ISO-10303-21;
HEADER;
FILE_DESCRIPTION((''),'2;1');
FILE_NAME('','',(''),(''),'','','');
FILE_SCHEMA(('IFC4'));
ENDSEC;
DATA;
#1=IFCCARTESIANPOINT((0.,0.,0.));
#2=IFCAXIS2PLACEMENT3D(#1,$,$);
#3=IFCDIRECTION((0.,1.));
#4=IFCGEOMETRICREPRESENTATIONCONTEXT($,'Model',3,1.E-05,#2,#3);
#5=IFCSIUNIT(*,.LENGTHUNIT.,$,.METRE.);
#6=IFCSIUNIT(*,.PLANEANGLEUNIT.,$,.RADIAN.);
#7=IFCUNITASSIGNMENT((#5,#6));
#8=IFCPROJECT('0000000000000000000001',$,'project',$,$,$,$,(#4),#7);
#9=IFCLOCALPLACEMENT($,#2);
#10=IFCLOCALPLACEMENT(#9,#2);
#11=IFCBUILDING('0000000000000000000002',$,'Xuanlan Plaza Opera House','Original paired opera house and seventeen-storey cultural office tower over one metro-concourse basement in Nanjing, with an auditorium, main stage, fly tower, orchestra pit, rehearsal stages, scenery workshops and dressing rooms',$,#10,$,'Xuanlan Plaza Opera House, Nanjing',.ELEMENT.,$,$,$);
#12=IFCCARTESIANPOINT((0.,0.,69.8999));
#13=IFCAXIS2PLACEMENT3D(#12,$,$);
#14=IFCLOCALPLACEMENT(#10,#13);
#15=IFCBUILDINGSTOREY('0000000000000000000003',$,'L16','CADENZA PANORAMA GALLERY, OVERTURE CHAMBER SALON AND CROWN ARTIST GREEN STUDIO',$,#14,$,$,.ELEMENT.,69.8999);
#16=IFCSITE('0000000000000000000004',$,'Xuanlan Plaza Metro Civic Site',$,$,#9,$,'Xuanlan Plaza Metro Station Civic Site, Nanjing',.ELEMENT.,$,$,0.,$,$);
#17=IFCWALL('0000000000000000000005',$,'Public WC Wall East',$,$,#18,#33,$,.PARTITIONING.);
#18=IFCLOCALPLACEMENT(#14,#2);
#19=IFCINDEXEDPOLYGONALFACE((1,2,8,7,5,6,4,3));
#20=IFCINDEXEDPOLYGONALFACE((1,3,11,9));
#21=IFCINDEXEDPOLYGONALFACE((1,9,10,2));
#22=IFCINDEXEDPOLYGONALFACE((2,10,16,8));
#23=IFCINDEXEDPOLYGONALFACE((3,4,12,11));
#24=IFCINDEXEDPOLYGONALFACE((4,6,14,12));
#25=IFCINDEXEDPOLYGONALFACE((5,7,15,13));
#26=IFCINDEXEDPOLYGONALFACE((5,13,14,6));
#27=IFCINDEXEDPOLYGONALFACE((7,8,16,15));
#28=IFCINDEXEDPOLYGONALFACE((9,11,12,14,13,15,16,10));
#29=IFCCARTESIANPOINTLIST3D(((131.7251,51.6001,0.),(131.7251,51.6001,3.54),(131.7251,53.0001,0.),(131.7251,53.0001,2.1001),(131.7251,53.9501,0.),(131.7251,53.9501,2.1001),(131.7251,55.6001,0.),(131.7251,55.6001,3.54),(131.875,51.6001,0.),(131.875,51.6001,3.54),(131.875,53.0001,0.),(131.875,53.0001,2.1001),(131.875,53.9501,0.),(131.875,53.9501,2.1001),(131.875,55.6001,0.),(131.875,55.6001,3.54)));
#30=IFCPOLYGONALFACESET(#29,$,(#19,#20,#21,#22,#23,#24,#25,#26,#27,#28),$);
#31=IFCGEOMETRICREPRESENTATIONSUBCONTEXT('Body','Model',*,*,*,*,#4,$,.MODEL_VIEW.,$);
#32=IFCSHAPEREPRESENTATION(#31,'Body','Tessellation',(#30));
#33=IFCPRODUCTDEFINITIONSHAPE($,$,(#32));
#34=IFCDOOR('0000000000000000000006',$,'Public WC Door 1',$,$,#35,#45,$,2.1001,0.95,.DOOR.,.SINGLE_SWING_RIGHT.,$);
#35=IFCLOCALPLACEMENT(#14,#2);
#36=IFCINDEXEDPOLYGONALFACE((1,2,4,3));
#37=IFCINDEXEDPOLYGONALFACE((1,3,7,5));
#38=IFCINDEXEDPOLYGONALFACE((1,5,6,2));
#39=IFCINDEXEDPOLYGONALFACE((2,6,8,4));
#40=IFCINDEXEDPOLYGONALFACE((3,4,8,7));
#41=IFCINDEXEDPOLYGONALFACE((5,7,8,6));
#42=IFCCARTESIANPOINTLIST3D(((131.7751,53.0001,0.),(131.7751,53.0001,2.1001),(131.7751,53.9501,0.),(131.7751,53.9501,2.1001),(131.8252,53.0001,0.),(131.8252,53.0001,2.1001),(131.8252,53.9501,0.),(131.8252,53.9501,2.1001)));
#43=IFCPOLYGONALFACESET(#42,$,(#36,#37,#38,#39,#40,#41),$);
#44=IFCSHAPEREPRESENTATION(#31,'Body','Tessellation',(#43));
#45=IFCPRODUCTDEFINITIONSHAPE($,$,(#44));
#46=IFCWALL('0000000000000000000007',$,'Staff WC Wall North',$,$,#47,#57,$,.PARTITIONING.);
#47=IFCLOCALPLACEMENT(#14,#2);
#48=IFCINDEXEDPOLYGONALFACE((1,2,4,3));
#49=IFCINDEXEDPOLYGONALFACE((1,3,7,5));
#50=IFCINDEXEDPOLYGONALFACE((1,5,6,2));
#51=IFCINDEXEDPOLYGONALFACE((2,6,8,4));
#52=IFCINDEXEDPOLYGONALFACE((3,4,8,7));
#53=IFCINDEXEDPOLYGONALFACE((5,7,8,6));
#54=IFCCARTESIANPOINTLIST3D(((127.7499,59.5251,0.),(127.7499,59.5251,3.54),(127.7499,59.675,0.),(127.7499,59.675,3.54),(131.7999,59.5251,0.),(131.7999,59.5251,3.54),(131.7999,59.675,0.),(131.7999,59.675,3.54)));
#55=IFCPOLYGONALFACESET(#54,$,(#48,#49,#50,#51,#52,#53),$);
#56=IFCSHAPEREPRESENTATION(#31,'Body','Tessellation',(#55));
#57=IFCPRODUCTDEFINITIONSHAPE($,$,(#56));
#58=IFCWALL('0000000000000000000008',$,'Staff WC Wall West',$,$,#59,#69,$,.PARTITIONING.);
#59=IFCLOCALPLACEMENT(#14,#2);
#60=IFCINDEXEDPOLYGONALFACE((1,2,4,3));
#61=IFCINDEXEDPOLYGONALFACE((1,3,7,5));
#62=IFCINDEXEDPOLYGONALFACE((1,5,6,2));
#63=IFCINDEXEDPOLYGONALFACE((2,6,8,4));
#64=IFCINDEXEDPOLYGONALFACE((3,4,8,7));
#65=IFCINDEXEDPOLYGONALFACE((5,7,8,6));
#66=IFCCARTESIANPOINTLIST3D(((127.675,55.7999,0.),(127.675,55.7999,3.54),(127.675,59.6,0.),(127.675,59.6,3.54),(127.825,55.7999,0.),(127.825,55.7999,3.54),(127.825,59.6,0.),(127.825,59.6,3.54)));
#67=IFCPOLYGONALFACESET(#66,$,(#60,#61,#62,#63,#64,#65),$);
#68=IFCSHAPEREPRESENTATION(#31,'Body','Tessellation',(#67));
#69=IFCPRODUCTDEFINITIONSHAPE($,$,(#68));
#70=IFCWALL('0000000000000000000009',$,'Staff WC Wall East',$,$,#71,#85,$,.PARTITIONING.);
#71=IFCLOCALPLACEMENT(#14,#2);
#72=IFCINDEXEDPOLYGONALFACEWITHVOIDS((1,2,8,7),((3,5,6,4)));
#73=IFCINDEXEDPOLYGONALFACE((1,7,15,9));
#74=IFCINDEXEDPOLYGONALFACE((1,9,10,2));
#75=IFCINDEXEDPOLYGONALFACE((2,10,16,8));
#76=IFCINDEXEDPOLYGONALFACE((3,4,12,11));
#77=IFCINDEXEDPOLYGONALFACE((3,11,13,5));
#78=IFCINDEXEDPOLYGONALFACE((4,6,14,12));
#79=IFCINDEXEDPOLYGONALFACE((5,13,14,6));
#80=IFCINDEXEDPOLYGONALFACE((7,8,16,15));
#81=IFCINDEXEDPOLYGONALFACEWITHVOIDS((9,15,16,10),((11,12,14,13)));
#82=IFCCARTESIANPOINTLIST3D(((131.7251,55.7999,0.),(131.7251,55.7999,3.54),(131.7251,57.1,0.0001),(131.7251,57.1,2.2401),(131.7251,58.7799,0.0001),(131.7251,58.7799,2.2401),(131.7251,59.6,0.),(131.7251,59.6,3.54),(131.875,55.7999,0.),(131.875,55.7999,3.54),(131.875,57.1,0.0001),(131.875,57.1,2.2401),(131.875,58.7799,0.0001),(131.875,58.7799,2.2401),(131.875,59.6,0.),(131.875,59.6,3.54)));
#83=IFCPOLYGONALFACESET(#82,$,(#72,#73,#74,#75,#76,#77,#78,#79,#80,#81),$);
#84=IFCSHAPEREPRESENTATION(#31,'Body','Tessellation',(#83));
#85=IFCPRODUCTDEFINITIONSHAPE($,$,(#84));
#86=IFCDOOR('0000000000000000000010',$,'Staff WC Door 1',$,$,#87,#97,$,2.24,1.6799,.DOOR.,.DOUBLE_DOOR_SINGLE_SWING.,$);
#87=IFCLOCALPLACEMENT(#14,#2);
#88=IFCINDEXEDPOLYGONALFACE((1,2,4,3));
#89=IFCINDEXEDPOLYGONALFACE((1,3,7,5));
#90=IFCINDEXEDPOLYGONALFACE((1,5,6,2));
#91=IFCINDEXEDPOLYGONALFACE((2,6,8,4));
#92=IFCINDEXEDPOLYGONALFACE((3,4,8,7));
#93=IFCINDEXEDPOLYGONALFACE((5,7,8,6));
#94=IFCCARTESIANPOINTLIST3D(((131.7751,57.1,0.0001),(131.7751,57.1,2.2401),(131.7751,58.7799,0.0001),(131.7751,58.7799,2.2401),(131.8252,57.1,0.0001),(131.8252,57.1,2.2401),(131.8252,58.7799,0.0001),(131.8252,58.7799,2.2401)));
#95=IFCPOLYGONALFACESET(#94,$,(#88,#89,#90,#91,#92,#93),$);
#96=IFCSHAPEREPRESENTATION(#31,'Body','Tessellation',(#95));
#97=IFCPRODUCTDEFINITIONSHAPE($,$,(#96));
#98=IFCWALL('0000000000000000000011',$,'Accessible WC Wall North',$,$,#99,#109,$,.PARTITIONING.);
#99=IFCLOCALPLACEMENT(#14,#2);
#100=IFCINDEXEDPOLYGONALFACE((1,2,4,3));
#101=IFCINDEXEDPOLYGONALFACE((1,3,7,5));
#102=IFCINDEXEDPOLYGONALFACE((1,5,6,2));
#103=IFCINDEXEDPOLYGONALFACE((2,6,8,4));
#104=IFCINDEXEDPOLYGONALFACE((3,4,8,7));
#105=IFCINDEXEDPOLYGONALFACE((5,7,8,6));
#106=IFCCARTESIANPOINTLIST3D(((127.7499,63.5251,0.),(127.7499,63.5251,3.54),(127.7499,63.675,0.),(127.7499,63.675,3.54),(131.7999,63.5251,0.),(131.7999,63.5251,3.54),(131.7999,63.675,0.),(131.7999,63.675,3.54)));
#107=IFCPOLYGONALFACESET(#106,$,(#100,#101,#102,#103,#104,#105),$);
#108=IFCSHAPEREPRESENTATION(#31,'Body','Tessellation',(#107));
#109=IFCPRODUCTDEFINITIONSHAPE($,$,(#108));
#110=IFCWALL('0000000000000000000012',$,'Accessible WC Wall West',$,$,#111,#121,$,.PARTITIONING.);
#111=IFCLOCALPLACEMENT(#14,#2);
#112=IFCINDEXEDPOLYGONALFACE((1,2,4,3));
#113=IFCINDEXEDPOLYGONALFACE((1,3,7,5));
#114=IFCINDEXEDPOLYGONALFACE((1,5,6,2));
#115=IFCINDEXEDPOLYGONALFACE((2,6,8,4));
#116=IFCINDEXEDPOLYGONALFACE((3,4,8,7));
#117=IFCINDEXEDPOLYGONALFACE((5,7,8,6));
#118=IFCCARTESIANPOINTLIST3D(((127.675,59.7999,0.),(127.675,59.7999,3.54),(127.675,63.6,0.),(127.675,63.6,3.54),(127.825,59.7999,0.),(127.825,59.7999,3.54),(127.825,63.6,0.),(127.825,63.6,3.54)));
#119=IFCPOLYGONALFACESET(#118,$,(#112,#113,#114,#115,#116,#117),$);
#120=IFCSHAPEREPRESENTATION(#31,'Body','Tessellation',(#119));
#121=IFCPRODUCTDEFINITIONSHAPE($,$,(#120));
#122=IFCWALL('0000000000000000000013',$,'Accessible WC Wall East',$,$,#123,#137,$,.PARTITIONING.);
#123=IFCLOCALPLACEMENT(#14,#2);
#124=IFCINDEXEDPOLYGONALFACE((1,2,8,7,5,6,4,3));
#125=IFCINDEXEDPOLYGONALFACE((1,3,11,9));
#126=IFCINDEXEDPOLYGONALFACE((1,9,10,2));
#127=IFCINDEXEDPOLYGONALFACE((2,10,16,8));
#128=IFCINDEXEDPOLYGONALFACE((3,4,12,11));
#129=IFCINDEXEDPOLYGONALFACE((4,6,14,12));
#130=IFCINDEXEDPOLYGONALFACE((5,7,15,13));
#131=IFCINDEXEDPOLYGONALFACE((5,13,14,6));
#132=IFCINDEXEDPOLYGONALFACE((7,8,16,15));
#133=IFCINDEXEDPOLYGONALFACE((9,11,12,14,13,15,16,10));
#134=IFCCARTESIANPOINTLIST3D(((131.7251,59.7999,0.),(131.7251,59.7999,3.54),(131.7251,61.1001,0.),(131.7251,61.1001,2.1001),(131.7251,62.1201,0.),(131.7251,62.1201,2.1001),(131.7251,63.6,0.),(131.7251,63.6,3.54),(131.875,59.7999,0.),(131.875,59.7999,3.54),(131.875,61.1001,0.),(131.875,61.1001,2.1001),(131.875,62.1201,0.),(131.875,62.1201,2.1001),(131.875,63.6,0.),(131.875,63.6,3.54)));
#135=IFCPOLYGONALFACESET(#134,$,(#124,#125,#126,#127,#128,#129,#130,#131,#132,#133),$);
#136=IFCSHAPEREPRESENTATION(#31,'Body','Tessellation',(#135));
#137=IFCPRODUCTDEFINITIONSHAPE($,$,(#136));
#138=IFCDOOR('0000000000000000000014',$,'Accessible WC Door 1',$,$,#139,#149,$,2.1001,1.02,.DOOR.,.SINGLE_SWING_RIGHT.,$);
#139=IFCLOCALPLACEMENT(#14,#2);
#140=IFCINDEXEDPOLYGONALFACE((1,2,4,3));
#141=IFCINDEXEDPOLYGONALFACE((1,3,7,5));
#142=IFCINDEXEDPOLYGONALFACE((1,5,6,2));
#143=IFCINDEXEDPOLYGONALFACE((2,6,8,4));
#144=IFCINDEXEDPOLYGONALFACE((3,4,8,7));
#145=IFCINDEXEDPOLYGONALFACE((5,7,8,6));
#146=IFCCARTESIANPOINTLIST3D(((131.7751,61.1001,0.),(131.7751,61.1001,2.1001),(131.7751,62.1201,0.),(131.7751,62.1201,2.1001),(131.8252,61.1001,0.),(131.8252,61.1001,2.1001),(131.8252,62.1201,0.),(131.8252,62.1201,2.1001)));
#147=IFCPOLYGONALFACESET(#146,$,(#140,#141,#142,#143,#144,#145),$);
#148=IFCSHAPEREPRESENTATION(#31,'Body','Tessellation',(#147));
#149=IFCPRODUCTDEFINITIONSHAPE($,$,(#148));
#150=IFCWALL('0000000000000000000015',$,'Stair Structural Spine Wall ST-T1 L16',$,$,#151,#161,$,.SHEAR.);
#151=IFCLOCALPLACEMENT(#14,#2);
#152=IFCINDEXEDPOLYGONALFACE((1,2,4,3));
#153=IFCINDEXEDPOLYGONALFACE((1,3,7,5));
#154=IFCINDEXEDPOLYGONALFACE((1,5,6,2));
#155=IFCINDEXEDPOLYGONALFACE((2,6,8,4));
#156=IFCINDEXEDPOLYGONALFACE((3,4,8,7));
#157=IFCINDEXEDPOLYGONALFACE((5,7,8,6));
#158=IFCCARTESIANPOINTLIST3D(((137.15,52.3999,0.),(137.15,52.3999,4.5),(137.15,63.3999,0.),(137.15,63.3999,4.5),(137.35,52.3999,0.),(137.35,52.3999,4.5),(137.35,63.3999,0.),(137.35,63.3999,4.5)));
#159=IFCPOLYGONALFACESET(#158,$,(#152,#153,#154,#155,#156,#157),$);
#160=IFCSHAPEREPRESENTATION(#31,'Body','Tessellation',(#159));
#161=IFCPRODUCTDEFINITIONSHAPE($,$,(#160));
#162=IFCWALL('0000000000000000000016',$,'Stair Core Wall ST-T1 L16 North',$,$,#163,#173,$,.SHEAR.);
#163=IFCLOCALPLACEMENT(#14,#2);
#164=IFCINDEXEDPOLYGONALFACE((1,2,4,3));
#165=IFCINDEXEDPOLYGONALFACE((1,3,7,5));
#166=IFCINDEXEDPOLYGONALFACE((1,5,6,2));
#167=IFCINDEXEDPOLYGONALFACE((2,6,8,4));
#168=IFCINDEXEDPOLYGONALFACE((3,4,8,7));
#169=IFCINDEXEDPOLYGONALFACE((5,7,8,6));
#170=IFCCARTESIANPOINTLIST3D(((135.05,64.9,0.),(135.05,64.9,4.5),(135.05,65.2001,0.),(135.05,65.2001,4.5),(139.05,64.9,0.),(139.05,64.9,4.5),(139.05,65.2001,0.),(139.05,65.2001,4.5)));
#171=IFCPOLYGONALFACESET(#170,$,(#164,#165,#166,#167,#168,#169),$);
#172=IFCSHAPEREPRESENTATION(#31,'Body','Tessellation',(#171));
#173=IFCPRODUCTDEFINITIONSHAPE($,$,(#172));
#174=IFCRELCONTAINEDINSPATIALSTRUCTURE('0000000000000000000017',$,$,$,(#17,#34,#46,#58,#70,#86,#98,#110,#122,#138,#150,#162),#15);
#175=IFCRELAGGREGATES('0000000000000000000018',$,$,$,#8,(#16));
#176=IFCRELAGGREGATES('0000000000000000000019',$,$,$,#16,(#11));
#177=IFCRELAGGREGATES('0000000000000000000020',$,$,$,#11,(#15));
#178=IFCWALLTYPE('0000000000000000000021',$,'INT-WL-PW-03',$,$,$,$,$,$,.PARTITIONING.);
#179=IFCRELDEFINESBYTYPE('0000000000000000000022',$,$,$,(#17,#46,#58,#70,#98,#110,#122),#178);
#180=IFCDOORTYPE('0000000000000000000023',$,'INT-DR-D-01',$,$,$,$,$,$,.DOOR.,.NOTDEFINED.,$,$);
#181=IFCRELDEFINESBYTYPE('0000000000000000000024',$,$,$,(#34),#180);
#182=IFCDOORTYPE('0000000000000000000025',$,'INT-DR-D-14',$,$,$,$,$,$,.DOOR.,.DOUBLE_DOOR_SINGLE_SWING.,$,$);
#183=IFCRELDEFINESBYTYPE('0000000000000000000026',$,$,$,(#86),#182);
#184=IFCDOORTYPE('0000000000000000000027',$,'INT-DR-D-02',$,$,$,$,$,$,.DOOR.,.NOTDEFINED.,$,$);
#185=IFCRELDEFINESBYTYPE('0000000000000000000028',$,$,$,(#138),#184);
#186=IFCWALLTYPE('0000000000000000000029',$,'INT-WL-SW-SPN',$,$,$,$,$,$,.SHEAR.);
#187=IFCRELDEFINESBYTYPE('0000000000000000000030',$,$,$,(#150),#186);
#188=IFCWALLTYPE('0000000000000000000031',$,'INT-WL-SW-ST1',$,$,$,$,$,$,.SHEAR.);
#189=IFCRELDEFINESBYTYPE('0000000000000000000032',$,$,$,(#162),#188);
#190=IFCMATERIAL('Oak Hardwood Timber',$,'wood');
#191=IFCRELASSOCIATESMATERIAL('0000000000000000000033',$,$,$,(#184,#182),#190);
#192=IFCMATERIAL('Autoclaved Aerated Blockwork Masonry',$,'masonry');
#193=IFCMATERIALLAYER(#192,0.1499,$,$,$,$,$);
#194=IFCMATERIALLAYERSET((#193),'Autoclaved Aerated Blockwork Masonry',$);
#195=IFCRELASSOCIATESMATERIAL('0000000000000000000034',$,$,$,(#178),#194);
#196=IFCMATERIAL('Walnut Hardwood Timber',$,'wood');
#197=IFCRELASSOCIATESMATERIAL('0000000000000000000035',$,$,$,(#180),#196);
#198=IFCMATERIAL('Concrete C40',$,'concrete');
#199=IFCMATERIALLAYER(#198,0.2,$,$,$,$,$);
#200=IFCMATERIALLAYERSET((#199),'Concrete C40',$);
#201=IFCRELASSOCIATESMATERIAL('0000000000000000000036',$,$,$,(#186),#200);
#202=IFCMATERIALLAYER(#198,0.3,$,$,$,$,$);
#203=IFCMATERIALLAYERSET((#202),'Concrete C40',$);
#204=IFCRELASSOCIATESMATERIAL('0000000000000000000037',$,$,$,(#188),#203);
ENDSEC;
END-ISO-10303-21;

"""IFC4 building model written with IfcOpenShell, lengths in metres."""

from ifc_helpers import new_model, si_unit, direction, frame, frame_2d, origin, place, context, subcontext, project, spatial, rectangle, extrude, material, layer, layer_set, type_object, element, fill, save


model = new_model("IFC4")

# Units and contexts
model_context = context("Model", 3, precision=1e-05, world=origin(), true_north=direction((0.0, 1.0)))
body_context = subcontext(model_context, "Body", "Model", "MODEL_VIEW")
ifc_project = project(units=[si_unit("LENGTHUNIT", "METRE"), si_unit("PLANEANGLEUNIT", "RADIAN")], contexts=[model_context])

# Site, building, storey
site_placement = place(None, origin())
site = spatial("IfcSite", under=ifc_project, at=site_placement, Name="Xuanlan Plaza Metro Civic Site", LongName="Xuanlan Plaza Metro Station Civic Site, Nanjing", CompositionType="ELEMENT", RefElevation=0.0)
building_placement = place(site_placement, origin())
building = spatial("IfcBuilding", under=site, at=building_placement, Name="Xuanlan Plaza Opera House", Description="Original paired opera house and seventeen-storey cultural office tower over one metro-concourse basement in Nanjing, with an auditorium, main stage, fly tower, orchestra pit, rehearsal stages, scenery workshops and dressing rooms", LongName="Xuanlan Plaza Opera House, Nanjing", CompositionType="ELEMENT")
storey_placement = place(building_placement, frame((0.0, 0.0, 69.8999)))
storey = spatial("IfcBuildingStorey", under=building, at=storey_placement, Name="L16", Description="CADENZA PANORAMA GALLERY, OVERTURE CHAMBER SALON AND CROWN ARTIST GREEN STUDIO", CompositionType="ELEMENT", Elevation=69.8999)

# Shared definitions
ifc_material_1 = material(Name="Concrete C40", Category="concrete")

# Shared definitions
ifc_material_2 = material(Name="Oak Hardwood Timber", Category="wood")
door_type_1 = type_object("IfcDoorType", Name="INT-DR-D-02", OperationType="NOTDEFINED", PredefinedType="DOOR", material=ifc_material_2)

# Shared definitions
ifc_material_3 = material(Name="Autoclaved Aerated Blockwork Masonry", Category="masonry")
ifc_layer_1 = layer(ifc_material_3, 0.1499)
ifc_layer_set_1 = layer_set([ifc_layer_1], Name="Autoclaved Aerated Blockwork Masonry")
wall_type_1 = type_object("IfcWallType", Name="INT-WL-PW-03", PredefinedType="PARTITIONING", material=ifc_layer_set_1)

# Wall, opening, door
wall_1_placement = place(storey_placement, frame((131.8, 51.6001, 0.0), z_axis=(0.0, 0.0, 1.0), x_axis=(0.0, 1.0, 0.0)))
wall_1 = element("IfcWall", 1, at=wall_1_placement, inside=storey, type_object=wall_type_1, Name="Public WC Wall East", PredefinedType="PARTITIONING", context=body_context, shape_type="SweptSolid", body=[
    extrude(rectangle(XDim=4.0, YDim=0.1499, at=frame_2d((2.0, 0.0))), origin(), (0.0, 0.0, 1.0), 3.54),
])
opening_1_placement = place(wall_1_placement, frame((1.3999, 0.0, 0.0)))
opening_1 = element("IfcOpeningElement", 2, at=opening_1_placement, cuts=wall_1, PredefinedType="OPENING", context=body_context, shape_type="SweptSolid", body=[
    extrude(rectangle(XDim=0.95, YDim=2.1001, at=frame_2d((0.4751, 1.05))), frame((0.0, 0.085, 0.0), z_axis=(0.0, -1.0, 0.0), x_axis=(1.0, 0.0, 0.0)), (0.0, 0.0, 1.0), 0.1699),
])
ifc_material_4 = material(Name="Walnut Hardwood Timber", Category="wood")
door_type_2 = type_object("IfcDoorType", Name="INT-DR-D-01", OperationType="NOTDEFINED", PredefinedType="DOOR", material=ifc_material_4)
door_1_placement = place(opening_1_placement, origin())
door_1 = element("IfcDoor", 3, at=door_1_placement, inside=storey, type_object=door_type_2, Name="Public WC Door 1", OperationType="SINGLE_SWING_RIGHT", OverallHeight=2.1001, OverallWidth=0.95, PredefinedType="DOOR", context=body_context, shape_type="SweptSolid", body=[
    extrude(rectangle(XDim=0.95, YDim=2.1001, at=frame_2d((0.4751, 1.05))), frame((0.0, 0.0249, 0.0), z_axis=(0.0, -1.0, 0.0), x_axis=(1.0, 0.0, 0.0)), (0.0, 0.0, 1.0), 0.05),
])
fill(opening_1, door_1)

# Walls
wall_2_placement = place(storey_placement, frame((127.75, 59.6001, 0.0), z_axis=(0.0, 0.0, 1.0), x_axis=(1.0, 0.0, 0.0)))
element("IfcWall", 4, at=wall_2_placement, inside=storey, type_object=wall_type_1, Name="Staff WC Wall North", PredefinedType="PARTITIONING", context=body_context, shape_type="SweptSolid", body=[
    extrude(rectangle(XDim=4.05, YDim=0.1499, at=frame_2d((2.0249, 0.0))), origin(), (0.0, 0.0, 1.0), 3.54),
])
wall_3_placement = place(storey_placement, frame((127.75, 55.8, 0.0), z_axis=(0.0, 0.0, 1.0), x_axis=(0.0, 1.0, 0.0)))
element("IfcWall", 5, at=wall_3_placement, inside=storey, type_object=wall_type_1, Name="Staff WC Wall West", PredefinedType="PARTITIONING", context=body_context, shape_type="SweptSolid", body=[
    extrude(rectangle(XDim=3.8, YDim=0.1499, at=frame_2d((1.8999, 0.0))), origin(), (0.0, 0.0, 1.0), 3.54),
])

# Wall, opening, door
wall_4_placement = place(storey_placement, frame((131.8, 55.8, 0.0), z_axis=(0.0, 0.0, 1.0), x_axis=(0.0, 1.0, 0.0)))
wall_4 = element("IfcWall", 6, at=wall_4_placement, inside=storey, type_object=wall_type_1, Name="Staff WC Wall East", PredefinedType="PARTITIONING", context=body_context, shape_type="SweptSolid", body=[
    extrude(rectangle(XDim=3.8, YDim=0.1499, at=frame_2d((1.8999, 0.0))), origin(), (0.0, 0.0, 1.0), 3.54),
])
opening_2_placement = place(wall_4_placement, frame((1.3, 0.0, 0.0)))
opening_2 = element("IfcOpeningElement", 7, at=opening_2_placement, cuts=wall_4, PredefinedType="OPENING", context=body_context, shape_type="SweptSolid", body=[
    extrude(rectangle(XDim=1.6799, YDim=2.24, at=frame_2d((0.8398, 1.1201))), frame((0.0, 0.085, 0.0), z_axis=(0.0, -1.0, 0.0), x_axis=(1.0, 0.0, 0.0)), (0.0, 0.0, 1.0), 0.1699),
])
door_type_3 = type_object("IfcDoorType", Name="INT-DR-D-14", OperationType="DOUBLE_DOOR_SINGLE_SWING", PredefinedType="DOOR", material=ifc_material_2)
door_2_placement = place(opening_2_placement, origin())
door_2 = element("IfcDoor", 8, at=door_2_placement, inside=storey, type_object=door_type_3, Name="Staff WC Door 1", OperationType="DOUBLE_DOOR_SINGLE_SWING", OverallHeight=2.24, OverallWidth=1.6799, PredefinedType="DOOR", context=body_context, shape_type="SweptSolid", body=[
    extrude(rectangle(XDim=1.6799, YDim=2.24, at=frame_2d((0.8398, 1.1201))), frame((0.0, 0.0249, 0.0), z_axis=(0.0, -1.0, 0.0), x_axis=(1.0, 0.0, 0.0)), (0.0, 0.0, 1.0), 0.05),
])
fill(opening_2, door_2)

# Walls
wall_5_placement = place(storey_placement, frame((127.75, 63.6001, 0.0), z_axis=(0.0, 0.0, 1.0), x_axis=(1.0, 0.0, 0.0)))
element("IfcWall", 9, at=wall_5_placement, inside=storey, type_object=wall_type_1, Name="Accessible WC Wall North", PredefinedType="PARTITIONING", context=body_context, shape_type="SweptSolid", body=[
    extrude(rectangle(XDim=4.05, YDim=0.1499, at=frame_2d((2.0249, 0.0))), origin(), (0.0, 0.0, 1.0), 3.54),
])
wall_6_placement = place(storey_placement, frame((127.75, 59.8, 0.0), z_axis=(0.0, 0.0, 1.0), x_axis=(0.0, 1.0, 0.0)))
element("IfcWall", 10, at=wall_6_placement, inside=storey, type_object=wall_type_1, Name="Accessible WC Wall West", PredefinedType="PARTITIONING", context=body_context, shape_type="SweptSolid", body=[
    extrude(rectangle(XDim=3.8, YDim=0.1499, at=frame_2d((1.8999, 0.0))), origin(), (0.0, 0.0, 1.0), 3.54),
])

# Wall, opening, door
wall_7_placement = place(storey_placement, frame((131.8, 59.8, 0.0), z_axis=(0.0, 0.0, 1.0), x_axis=(0.0, 1.0, 0.0)))
wall_7 = element("IfcWall", 11, at=wall_7_placement, inside=storey, type_object=wall_type_1, Name="Accessible WC Wall East", PredefinedType="PARTITIONING", context=body_context, shape_type="SweptSolid", body=[
    extrude(rectangle(XDim=3.8, YDim=0.1499, at=frame_2d((1.8999, 0.0))), origin(), (0.0, 0.0, 1.0), 3.54),
])
opening_3_placement = place(wall_7_placement, frame((1.3, 0.0, 0.0)))
opening_3 = element("IfcOpeningElement", 12, at=opening_3_placement, cuts=wall_7, PredefinedType="OPENING", context=body_context, shape_type="SweptSolid", body=[
    extrude(rectangle(XDim=1.02, YDim=2.1001, at=frame_2d((0.51, 1.05))), frame((0.0, 0.085, 0.0), z_axis=(0.0, -1.0, 0.0), x_axis=(1.0, 0.0, 0.0)), (0.0, 0.0, 1.0), 0.1699),
])
door_3_placement = place(opening_3_placement, origin())
door_3 = element("IfcDoor", 13, at=door_3_placement, inside=storey, type_object=door_type_1, Name="Accessible WC Door 1", OperationType="SINGLE_SWING_RIGHT", OverallHeight=2.1001, OverallWidth=1.02, PredefinedType="DOOR", context=body_context, shape_type="SweptSolid", body=[
    extrude(rectangle(XDim=1.02, YDim=2.1001, at=frame_2d((0.51, 1.05))), frame((0.0, 0.0249, 0.0), z_axis=(0.0, -1.0, 0.0), x_axis=(1.0, 0.0, 0.0)), (0.0, 0.0, 1.0), 0.05),
])
fill(opening_3, door_3)

# Walls
ifc_layer_2 = layer(ifc_material_1, 0.2)
ifc_layer_set_2 = layer_set([ifc_layer_2], Name="Concrete C40")
wall_type_2 = type_object("IfcWallType", Name="INT-WL-SW-SPN", PredefinedType="SHEAR", material=ifc_layer_set_2)
wall_8_placement = place(storey_placement, frame((137.25, 52.3999, 0.0), z_axis=(0.0, 0.0, 1.0), x_axis=(0.0, 1.0, 0.0)))
element("IfcWall", 14, at=wall_8_placement, inside=storey, type_object=wall_type_2, Name="Stair Structural Spine Wall ST-T1 L16", PredefinedType="SHEAR", context=body_context, shape_type="SweptSolid", body=[
    extrude(rectangle(XDim=11.0, YDim=0.2, at=frame_2d((5.5, 0.0))), origin(), (0.0, 0.0, 1.0), 4.5),
])
ifc_layer_3 = layer(ifc_material_1, 0.3)
ifc_layer_set_3 = layer_set([ifc_layer_3], Name="Concrete C40")
wall_type_3 = type_object("IfcWallType", Name="INT-WL-SW-ST1", PredefinedType="SHEAR", material=ifc_layer_set_3)
wall_9_placement = place(storey_placement, frame((135.05, 65.05, 0.0), z_axis=(0.0, 0.0, 1.0), x_axis=(1.0, 0.0, 0.0)))
element("IfcWall", 15, at=wall_9_placement, inside=storey, type_object=wall_type_3, Name="Stair Core Wall ST-T1 L16 North", PredefinedType="SHEAR", context=body_context, shape_type="SweptSolid", body=[
    extrude(rectangle(XDim=4.0, YDim=0.3, at=frame_2d((2.0, 0.0))), origin(), (0.0, 0.0, 1.0), 4.5),
])

save(model, "model.ifc")
